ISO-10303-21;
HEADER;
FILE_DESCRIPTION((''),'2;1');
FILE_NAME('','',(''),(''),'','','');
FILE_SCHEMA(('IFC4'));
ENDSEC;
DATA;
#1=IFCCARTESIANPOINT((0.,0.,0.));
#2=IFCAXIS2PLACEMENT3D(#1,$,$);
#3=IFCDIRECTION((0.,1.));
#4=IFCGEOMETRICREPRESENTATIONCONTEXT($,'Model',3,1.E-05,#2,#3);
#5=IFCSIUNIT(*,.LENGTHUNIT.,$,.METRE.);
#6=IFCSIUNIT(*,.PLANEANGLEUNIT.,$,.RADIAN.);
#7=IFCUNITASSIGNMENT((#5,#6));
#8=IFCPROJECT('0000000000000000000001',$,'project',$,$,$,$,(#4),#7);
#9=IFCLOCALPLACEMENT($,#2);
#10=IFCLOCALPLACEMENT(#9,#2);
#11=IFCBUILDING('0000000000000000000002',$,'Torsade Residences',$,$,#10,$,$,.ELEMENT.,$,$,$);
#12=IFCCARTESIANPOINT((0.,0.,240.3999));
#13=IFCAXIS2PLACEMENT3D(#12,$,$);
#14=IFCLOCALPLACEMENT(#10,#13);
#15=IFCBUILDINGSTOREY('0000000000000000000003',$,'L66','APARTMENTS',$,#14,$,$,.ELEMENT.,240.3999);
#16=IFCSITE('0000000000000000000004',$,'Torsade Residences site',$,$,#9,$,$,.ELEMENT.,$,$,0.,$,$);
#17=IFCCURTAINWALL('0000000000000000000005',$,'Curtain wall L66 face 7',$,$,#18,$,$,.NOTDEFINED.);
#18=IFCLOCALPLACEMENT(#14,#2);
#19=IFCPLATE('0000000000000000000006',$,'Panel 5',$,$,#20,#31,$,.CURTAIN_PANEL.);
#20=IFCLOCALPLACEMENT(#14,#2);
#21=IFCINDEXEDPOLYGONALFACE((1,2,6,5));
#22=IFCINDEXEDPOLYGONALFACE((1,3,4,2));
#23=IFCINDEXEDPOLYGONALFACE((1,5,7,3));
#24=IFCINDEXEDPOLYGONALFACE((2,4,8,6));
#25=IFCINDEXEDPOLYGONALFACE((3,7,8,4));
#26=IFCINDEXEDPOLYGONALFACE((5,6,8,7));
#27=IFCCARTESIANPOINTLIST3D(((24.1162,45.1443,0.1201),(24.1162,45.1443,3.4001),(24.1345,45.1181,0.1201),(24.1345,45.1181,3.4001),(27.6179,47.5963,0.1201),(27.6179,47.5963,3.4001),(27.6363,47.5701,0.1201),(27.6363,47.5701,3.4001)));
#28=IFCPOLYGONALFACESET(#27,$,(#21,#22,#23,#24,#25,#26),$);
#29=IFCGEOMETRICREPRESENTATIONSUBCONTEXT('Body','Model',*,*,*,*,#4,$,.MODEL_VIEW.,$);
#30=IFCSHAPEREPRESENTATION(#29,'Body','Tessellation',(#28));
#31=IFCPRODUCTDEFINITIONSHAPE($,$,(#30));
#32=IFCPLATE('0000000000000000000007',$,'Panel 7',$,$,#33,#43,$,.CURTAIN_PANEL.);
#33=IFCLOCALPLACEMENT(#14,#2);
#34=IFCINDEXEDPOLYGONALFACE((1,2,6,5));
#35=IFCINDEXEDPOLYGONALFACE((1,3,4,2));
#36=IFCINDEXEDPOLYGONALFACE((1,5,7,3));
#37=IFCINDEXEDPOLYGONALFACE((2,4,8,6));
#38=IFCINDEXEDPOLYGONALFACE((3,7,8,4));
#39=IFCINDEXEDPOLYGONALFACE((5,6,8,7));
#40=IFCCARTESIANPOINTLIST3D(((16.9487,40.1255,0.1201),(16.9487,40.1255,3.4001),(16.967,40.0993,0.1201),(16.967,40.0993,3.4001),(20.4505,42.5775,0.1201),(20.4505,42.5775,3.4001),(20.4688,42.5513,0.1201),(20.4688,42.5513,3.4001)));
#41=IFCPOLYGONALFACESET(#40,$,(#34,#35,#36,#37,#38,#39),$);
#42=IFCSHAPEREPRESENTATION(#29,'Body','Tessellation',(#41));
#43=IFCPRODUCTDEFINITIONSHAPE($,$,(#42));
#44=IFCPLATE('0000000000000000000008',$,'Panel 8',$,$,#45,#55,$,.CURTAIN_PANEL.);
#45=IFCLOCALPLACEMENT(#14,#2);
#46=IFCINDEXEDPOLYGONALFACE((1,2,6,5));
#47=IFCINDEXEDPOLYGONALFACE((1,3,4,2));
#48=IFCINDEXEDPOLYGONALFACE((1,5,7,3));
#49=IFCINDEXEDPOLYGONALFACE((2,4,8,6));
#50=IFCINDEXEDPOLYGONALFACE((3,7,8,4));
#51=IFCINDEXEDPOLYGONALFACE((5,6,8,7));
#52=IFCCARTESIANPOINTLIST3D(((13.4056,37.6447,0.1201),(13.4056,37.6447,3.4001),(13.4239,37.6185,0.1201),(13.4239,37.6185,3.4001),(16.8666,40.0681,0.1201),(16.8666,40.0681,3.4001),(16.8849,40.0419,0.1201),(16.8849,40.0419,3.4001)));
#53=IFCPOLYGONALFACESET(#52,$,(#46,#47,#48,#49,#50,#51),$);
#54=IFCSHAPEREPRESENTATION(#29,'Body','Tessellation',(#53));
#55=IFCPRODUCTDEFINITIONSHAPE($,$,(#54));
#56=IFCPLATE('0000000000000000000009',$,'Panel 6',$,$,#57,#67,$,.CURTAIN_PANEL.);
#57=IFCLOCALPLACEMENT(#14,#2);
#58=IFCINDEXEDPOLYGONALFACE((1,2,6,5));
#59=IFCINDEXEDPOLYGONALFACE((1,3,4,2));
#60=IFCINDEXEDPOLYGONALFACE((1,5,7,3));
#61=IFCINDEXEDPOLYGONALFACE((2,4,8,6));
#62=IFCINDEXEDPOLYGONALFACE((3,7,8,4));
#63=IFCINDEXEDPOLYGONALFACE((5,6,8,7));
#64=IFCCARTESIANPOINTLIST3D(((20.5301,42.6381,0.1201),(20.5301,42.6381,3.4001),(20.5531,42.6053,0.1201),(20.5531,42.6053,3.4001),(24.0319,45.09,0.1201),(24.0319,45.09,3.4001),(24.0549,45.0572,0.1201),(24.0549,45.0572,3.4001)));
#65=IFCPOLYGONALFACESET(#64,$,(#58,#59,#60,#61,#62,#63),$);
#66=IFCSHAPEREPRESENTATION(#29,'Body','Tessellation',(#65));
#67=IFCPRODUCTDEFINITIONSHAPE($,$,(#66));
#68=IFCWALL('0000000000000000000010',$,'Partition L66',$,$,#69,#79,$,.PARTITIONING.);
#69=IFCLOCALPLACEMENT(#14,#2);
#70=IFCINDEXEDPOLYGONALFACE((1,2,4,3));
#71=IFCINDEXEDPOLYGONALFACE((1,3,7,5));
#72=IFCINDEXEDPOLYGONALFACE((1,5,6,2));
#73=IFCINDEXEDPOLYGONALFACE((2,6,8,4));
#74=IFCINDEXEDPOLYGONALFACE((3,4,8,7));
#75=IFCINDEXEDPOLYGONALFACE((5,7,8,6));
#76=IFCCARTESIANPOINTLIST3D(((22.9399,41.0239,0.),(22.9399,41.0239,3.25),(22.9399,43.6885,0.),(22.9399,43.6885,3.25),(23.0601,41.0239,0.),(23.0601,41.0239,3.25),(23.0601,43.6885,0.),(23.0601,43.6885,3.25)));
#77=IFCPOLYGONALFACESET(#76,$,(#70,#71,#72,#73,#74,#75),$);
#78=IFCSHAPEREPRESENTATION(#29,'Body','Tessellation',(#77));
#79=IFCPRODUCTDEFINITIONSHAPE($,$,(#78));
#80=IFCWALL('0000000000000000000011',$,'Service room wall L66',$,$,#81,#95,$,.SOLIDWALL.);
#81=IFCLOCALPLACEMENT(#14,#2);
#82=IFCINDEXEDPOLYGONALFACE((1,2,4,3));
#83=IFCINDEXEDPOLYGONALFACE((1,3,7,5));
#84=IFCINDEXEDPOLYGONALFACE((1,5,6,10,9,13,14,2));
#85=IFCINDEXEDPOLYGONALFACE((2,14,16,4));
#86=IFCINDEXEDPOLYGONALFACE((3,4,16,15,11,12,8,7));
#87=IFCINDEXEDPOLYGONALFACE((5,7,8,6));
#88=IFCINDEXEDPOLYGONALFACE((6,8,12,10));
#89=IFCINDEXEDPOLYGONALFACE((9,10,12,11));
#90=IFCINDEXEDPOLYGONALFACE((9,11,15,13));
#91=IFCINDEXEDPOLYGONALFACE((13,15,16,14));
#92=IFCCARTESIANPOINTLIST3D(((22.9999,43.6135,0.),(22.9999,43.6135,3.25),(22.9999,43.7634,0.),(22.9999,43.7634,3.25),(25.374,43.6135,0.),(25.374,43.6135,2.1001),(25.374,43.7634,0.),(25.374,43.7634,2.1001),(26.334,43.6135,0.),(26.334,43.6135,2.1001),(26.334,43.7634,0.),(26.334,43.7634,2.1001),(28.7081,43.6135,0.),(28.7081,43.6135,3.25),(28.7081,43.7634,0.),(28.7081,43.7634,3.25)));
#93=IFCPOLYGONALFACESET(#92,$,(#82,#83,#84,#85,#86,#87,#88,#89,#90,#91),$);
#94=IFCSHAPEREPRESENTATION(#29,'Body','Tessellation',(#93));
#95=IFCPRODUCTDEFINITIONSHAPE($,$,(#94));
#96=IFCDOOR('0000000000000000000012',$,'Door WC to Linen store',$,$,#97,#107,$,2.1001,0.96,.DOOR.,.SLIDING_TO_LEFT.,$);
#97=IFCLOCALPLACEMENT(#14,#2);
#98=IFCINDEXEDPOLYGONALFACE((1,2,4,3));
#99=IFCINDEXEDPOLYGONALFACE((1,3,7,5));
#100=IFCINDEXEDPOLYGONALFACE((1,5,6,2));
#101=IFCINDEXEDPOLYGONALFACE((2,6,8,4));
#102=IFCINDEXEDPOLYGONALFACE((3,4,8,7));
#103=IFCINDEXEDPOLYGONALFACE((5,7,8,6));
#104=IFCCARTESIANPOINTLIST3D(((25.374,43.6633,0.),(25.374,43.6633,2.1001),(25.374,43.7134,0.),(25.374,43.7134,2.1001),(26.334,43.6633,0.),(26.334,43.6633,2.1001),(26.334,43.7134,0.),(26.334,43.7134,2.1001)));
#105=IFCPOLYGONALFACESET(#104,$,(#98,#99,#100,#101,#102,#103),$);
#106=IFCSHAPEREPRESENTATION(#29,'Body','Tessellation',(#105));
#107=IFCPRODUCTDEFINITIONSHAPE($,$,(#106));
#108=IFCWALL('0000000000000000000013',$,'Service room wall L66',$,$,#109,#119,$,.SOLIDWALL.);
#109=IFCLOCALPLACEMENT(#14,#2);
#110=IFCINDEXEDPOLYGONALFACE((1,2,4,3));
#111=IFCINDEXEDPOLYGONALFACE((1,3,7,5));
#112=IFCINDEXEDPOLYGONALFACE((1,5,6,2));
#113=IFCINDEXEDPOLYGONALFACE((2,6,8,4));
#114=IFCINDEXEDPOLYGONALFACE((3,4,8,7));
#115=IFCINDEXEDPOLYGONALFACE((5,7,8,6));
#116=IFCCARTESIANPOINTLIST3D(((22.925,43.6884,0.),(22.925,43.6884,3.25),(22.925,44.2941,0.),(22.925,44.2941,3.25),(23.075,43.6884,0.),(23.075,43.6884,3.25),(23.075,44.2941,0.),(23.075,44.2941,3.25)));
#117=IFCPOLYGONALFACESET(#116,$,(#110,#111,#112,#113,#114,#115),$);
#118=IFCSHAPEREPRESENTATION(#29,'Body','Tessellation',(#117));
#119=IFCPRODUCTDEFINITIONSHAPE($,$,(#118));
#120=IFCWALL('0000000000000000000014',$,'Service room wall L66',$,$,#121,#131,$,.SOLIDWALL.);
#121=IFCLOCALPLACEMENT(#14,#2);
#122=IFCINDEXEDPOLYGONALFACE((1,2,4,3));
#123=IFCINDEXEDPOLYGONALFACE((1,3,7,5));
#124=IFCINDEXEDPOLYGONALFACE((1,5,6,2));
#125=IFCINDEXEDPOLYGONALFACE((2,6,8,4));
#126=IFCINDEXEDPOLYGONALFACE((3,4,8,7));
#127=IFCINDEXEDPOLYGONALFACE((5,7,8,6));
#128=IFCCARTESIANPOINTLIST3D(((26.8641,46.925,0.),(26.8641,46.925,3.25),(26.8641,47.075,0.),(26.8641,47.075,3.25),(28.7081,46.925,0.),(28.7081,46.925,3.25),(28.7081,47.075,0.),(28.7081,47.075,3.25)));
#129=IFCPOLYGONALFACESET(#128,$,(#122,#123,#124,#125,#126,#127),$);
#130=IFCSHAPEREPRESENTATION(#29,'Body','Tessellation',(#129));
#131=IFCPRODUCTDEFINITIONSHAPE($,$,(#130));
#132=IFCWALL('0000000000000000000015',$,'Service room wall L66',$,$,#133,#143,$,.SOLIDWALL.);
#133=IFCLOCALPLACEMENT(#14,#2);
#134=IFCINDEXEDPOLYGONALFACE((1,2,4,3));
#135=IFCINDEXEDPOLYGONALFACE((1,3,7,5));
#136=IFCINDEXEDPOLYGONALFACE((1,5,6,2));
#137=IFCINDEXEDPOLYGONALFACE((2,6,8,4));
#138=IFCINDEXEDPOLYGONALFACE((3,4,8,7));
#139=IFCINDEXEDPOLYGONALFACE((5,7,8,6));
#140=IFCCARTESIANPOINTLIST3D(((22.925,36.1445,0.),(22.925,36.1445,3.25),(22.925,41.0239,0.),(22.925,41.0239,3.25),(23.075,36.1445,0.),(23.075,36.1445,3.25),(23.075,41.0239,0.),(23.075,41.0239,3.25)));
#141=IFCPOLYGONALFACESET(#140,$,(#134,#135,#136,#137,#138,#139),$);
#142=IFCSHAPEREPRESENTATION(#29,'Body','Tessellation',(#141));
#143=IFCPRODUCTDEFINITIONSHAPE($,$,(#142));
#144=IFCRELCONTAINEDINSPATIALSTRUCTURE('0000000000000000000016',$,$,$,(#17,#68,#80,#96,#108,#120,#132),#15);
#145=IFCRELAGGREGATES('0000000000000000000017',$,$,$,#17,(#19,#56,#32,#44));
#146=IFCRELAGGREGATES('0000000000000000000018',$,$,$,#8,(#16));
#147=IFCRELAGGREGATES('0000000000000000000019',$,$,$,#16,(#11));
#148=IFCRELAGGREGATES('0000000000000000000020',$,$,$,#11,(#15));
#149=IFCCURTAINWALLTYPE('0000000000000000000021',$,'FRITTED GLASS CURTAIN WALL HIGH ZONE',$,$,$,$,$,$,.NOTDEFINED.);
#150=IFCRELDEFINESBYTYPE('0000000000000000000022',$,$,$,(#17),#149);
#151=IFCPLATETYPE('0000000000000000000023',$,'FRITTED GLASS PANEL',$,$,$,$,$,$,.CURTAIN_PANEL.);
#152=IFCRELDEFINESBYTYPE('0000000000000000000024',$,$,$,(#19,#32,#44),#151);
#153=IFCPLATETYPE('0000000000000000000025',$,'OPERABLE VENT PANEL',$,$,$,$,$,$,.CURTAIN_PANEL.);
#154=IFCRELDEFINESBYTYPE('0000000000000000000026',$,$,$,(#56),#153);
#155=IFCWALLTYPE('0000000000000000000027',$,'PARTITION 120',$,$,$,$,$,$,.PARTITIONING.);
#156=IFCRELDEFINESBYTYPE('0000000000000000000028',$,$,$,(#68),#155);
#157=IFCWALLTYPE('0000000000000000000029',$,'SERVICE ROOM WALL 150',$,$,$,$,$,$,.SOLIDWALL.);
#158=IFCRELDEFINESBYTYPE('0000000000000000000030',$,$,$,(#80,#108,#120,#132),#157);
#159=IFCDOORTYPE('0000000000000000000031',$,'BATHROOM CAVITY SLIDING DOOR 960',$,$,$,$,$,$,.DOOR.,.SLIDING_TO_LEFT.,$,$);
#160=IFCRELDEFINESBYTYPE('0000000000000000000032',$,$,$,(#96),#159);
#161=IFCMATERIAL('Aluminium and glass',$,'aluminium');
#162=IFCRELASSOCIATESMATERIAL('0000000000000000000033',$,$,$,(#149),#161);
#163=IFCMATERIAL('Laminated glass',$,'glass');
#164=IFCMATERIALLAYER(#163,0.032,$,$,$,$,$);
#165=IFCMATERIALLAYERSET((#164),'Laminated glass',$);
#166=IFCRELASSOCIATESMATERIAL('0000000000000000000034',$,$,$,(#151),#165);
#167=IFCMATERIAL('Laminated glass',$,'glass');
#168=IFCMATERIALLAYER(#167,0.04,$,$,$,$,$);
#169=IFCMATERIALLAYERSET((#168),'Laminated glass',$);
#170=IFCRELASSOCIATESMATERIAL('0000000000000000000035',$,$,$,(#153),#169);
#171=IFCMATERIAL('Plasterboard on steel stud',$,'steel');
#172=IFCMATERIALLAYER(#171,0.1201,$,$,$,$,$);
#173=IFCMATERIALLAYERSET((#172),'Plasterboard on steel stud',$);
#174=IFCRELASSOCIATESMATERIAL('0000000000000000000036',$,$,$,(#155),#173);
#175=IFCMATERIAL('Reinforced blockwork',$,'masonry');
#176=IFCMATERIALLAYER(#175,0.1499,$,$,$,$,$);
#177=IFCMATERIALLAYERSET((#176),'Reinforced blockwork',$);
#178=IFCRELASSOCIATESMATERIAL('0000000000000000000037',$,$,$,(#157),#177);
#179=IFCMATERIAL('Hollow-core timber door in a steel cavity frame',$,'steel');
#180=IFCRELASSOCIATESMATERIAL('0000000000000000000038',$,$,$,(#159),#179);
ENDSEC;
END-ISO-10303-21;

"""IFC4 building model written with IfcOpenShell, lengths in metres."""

from ifc_helpers import new_model, si_unit, direction, frame, frame_2d, origin, origin_2d, place, context, subcontext, project, spatial, rectangle, extrude, material, layer, layer_set, type_object, element, fill, aggregate, save


model = new_model("IFC4")

# Units and contexts
model_context = context("Model", 3, precision=1e-05, world=origin(), true_north=direction((0.0, 1.0)))
body_context = subcontext(model_context, "Body", "Model", "MODEL_VIEW")
ifc_project = project(units=[si_unit("LENGTHUNIT", "METRE"), si_unit("PLANEANGLEUNIT", "RADIAN")], contexts=[model_context])

# Site, building, storey
site_placement = place(None, origin())
site = spatial("IfcSite", under=ifc_project, at=site_placement, Name="Torsade Residences site", CompositionType="ELEMENT", RefElevation=0.0)
building_placement = place(site_placement, origin())
building = spatial("IfcBuilding", under=site, at=building_placement, Name="Torsade Residences", CompositionType="ELEMENT")
storey_placement = place(building_placement, frame((0.0, 0.0, 240.3999)))
storey = spatial("IfcBuildingStorey", under=building, at=storey_placement, Name="L66", Description="APARTMENTS", CompositionType="ELEMENT", Elevation=240.3999)

# Curtain wall
ifc_material_1 = material(Name="Aluminium and glass", Category="aluminium")
curtain_wall_type = type_object("IfcCurtainWallType", Name="FRITTED GLASS CURTAIN WALL HIGH ZONE", PredefinedType="NOTDEFINED", material=ifc_material_1)
curtain_wall_placement = place(storey_placement, origin())
curtain_wall = element("IfcCurtainWall", 1, at=curtain_wall_placement, inside=storey, type_object=curtain_wall_type, Name="Curtain wall L66 face 7", PredefinedType="NOTDEFINED")

# Plates
ifc_material_2 = material(Name="Laminated glass", Category="glass")
ifc_layer_1 = layer(ifc_material_2, 0.032)
ifc_layer_set_1 = layer_set([ifc_layer_1], Name="Laminated glass")
plate_type_1 = type_object("IfcPlateType", Name="FRITTED GLASS PANEL", PredefinedType="CURTAIN_PANEL", material=ifc_layer_set_1)
plate_1_placement = place(storey_placement, frame((25.8762, 46.3572, 0.1201), z_axis=(0.0, 0.0, 1.0), x_axis=(-0.819152, -0.573576, 0.0)))
plate_1 = element("IfcPlate", 2, at=plate_1_placement, type_object=plate_type_1, Name="Panel 5", PredefinedType="CURTAIN_PANEL", context=body_context, shape_type="SweptSolid", body=[
    extrude(rectangle(XDim=4.2749, YDim=0.032, at=origin_2d()), origin(), (0.0, 0.0, 1.0), 3.28),
])
plate_2_placement = place(storey_placement, frame((18.7087, 41.3384, 0.1201), z_axis=(0.0, 0.0, 1.0), x_axis=(-0.819152, -0.573576, 0.0)))
plate_2 = element("IfcPlate", 3, at=plate_2_placement, type_object=plate_type_1, Name="Panel 7", PredefinedType="CURTAIN_PANEL", context=body_context, shape_type="SweptSolid", body=[
    extrude(rectangle(XDim=4.2749, YDim=0.032, at=origin_2d()), origin(), (0.0, 0.0, 1.0), 3.28),
])
plate_3_placement = place(storey_placement, frame((15.1453, 38.8433, 0.1201), z_axis=(0.0, 0.0, 1.0), x_axis=(-0.819152, -0.573576, 0.0)))
plate_3 = element("IfcPlate", 4, at=plate_3_placement, type_object=plate_type_1, Name="Panel 8", PredefinedType="CURTAIN_PANEL", context=body_context, shape_type="SweptSolid", body=[
    extrude(rectangle(XDim=4.2251, YDim=0.032, at=origin_2d()), origin(), (0.0, 0.0, 1.0), 3.28),
])
ifc_material_3 = material(Name="Laminated glass", Category="glass")
ifc_layer_2 = layer(ifc_material_3, 0.04)
ifc_layer_set_2 = layer_set([ifc_layer_2], Name="Laminated glass")
plate_type_2 = type_object("IfcPlateType", Name="OPERABLE VENT PANEL", PredefinedType="CURTAIN_PANEL", material=ifc_layer_set_2)
plate_4_placement = place(storey_placement, frame((22.2925, 43.8477, 0.1201), z_axis=(0.0, 0.0, 1.0), x_axis=(-0.819152, -0.573576, 0.0)))
plate_4 = element("IfcPlate", 5, at=plate_4_placement, type_object=plate_type_2, Name="Panel 6", PredefinedType="CURTAIN_PANEL", context=body_context, shape_type="SweptSolid", body=[
    extrude(rectangle(XDim=4.2749, YDim=0.04, at=origin_2d()), origin(), (0.0, 0.0, 1.0), 3.28),
])
aggregate(curtain_wall, [plate_1, plate_4, plate_2, plate_3])

# Wall
ifc_material_4 = material(Name="Plasterboard on steel stud", Category="steel")
ifc_layer_3 = layer(ifc_material_4, 0.1201)
ifc_layer_set_3 = layer_set([ifc_layer_3], Name="Plasterboard on steel stud")
wall_type_1 = type_object("IfcWallType", Name="PARTITION 120", PredefinedType="PARTITIONING", material=ifc_layer_set_3)
wall_1_placement = place(storey_placement, frame((23.0, 41.0239, 0.0), z_axis=(0.0, 0.0, 1.0), x_axis=(0.0, 1.0, 0.0)))
element("IfcWall", 6, at=wall_1_placement, inside=storey, type_object=wall_type_1, Name="Partition L66", PredefinedType="PARTITIONING", context=body_context, shape_type="SweptSolid", body=[
    extrude(rectangle(XDim=2.6646, YDim=0.1201, at=frame_2d((1.3323, 0.0))), origin(), (0.0, 0.0, 1.0), 3.25),
])

# Wall, opening, door
ifc_material_5 = material(Name="Reinforced blockwork", Category="masonry")
ifc_layer_4 = layer(ifc_material_5, 0.1499)
ifc_layer_set_4 = layer_set([ifc_layer_4], Name="Reinforced blockwork")
wall_type_2 = type_object("IfcWallType", Name="SERVICE ROOM WALL 150", PredefinedType="SOLIDWALL", material=ifc_layer_set_4)
wall_2_placement = place(storey_placement, frame((23.0, 43.6885, 0.0), z_axis=(0.0, 0.0, 1.0), x_axis=(1.0, 0.0, 0.0)))
wall_2 = element("IfcWall", 7, at=wall_2_placement, inside=storey, type_object=wall_type_2, Name="Service room wall L66", PredefinedType="SOLIDWALL", context=body_context, shape_type="SweptSolid", body=[
    extrude(rectangle(XDim=5.7083, YDim=0.1499, at=frame_2d((2.854, 0.0))), origin(), (0.0, 0.0, 1.0), 3.25),
])
opening_placement = place(wall_2_placement, frame((2.374, 0.0, 0.0)))
opening = element("IfcOpeningElement", 8, at=opening_placement, cuts=wall_2, PredefinedType="OPENING", context=body_context, shape_type="SweptSolid", body=[
    extrude(rectangle(XDim=0.96, YDim=2.1001, at=frame_2d((0.48, 1.05))), frame((0.0, 0.085, 0.0), z_axis=(0.0, -1.0, 0.0), x_axis=(1.0, 0.0, 0.0)), (0.0, 0.0, 1.0), 0.1699),
])
ifc_material_6 = material(Name="Hollow-core timber door in a steel cavity frame", Category="steel")
door_type = type_object("IfcDoorType", Name="BATHROOM CAVITY SLIDING DOOR 960", OperationType="SLIDING_TO_LEFT", PredefinedType="DOOR", material=ifc_material_6)
door_placement = place(opening_placement, origin())
door = element("IfcDoor", 9, at=door_placement, inside=storey, type_object=door_type, Name="Door WC to Linen store", OperationType="SLIDING_TO_LEFT", OverallHeight=2.1001, OverallWidth=0.96, PredefinedType="DOOR", context=body_context, shape_type="SweptSolid", body=[
    extrude(rectangle(XDim=0.96, YDim=2.1001, at=frame_2d((0.48, 1.05))), frame((0.0, 0.0249, 0.0), z_axis=(0.0, -1.0, 0.0), x_axis=(1.0, 0.0, 0.0)), (0.0, 0.0, 1.0), 0.05),
])
fill(opening, door)

# Walls
wall_3_placement = place(storey_placement, frame((23.0, 43.6885, 0.0), z_axis=(0.0, 0.0, 1.0), x_axis=(0.0, 1.0, 0.0)))
element("IfcWall", 10, at=wall_3_placement, inside=storey, type_object=wall_type_2, Name="Service room wall L66", PredefinedType="SOLIDWALL", context=body_context, shape_type="SweptSolid", body=[
    extrude(rectangle(XDim=0.6057, YDim=0.1499, at=frame_2d((0.3027, 0.0))), origin(), (0.0, 0.0, 1.0), 3.25),
])
wall_4_placement = place(storey_placement, frame((26.8643, 47.0, 0.0), z_axis=(0.0, 0.0, 1.0), x_axis=(1.0, 0.0, 0.0)))
element("IfcWall", 11, at=wall_4_placement, inside=storey, type_object=wall_type_2, Name="Service room wall L66", PredefinedType="SOLIDWALL", context=body_context, shape_type="SweptSolid", body=[
    extrude(rectangle(XDim=1.844, YDim=0.1499, at=frame_2d((0.9219, 0.0))), origin(), (0.0, 0.0, 1.0), 3.25),
])
wall_5_placement = place(storey_placement, frame((23.0, 41.0239, 0.0), z_axis=(0.0, 0.0, 1.0), x_axis=(0.0, -1.0, 0.0)))
element("IfcWall", 12, at=wall_5_placement, inside=storey, type_object=wall_type_2, Name="Service room wall L66", PredefinedType="SOLIDWALL", context=body_context, shape_type="SweptSolid", body=[
    extrude(rectangle(XDim=4.8794, YDim=0.1499, at=frame_2d((2.4397, 0.0))), origin(), (0.0, 0.0, 1.0), 3.25),
])

save(model, "model.ifc")
